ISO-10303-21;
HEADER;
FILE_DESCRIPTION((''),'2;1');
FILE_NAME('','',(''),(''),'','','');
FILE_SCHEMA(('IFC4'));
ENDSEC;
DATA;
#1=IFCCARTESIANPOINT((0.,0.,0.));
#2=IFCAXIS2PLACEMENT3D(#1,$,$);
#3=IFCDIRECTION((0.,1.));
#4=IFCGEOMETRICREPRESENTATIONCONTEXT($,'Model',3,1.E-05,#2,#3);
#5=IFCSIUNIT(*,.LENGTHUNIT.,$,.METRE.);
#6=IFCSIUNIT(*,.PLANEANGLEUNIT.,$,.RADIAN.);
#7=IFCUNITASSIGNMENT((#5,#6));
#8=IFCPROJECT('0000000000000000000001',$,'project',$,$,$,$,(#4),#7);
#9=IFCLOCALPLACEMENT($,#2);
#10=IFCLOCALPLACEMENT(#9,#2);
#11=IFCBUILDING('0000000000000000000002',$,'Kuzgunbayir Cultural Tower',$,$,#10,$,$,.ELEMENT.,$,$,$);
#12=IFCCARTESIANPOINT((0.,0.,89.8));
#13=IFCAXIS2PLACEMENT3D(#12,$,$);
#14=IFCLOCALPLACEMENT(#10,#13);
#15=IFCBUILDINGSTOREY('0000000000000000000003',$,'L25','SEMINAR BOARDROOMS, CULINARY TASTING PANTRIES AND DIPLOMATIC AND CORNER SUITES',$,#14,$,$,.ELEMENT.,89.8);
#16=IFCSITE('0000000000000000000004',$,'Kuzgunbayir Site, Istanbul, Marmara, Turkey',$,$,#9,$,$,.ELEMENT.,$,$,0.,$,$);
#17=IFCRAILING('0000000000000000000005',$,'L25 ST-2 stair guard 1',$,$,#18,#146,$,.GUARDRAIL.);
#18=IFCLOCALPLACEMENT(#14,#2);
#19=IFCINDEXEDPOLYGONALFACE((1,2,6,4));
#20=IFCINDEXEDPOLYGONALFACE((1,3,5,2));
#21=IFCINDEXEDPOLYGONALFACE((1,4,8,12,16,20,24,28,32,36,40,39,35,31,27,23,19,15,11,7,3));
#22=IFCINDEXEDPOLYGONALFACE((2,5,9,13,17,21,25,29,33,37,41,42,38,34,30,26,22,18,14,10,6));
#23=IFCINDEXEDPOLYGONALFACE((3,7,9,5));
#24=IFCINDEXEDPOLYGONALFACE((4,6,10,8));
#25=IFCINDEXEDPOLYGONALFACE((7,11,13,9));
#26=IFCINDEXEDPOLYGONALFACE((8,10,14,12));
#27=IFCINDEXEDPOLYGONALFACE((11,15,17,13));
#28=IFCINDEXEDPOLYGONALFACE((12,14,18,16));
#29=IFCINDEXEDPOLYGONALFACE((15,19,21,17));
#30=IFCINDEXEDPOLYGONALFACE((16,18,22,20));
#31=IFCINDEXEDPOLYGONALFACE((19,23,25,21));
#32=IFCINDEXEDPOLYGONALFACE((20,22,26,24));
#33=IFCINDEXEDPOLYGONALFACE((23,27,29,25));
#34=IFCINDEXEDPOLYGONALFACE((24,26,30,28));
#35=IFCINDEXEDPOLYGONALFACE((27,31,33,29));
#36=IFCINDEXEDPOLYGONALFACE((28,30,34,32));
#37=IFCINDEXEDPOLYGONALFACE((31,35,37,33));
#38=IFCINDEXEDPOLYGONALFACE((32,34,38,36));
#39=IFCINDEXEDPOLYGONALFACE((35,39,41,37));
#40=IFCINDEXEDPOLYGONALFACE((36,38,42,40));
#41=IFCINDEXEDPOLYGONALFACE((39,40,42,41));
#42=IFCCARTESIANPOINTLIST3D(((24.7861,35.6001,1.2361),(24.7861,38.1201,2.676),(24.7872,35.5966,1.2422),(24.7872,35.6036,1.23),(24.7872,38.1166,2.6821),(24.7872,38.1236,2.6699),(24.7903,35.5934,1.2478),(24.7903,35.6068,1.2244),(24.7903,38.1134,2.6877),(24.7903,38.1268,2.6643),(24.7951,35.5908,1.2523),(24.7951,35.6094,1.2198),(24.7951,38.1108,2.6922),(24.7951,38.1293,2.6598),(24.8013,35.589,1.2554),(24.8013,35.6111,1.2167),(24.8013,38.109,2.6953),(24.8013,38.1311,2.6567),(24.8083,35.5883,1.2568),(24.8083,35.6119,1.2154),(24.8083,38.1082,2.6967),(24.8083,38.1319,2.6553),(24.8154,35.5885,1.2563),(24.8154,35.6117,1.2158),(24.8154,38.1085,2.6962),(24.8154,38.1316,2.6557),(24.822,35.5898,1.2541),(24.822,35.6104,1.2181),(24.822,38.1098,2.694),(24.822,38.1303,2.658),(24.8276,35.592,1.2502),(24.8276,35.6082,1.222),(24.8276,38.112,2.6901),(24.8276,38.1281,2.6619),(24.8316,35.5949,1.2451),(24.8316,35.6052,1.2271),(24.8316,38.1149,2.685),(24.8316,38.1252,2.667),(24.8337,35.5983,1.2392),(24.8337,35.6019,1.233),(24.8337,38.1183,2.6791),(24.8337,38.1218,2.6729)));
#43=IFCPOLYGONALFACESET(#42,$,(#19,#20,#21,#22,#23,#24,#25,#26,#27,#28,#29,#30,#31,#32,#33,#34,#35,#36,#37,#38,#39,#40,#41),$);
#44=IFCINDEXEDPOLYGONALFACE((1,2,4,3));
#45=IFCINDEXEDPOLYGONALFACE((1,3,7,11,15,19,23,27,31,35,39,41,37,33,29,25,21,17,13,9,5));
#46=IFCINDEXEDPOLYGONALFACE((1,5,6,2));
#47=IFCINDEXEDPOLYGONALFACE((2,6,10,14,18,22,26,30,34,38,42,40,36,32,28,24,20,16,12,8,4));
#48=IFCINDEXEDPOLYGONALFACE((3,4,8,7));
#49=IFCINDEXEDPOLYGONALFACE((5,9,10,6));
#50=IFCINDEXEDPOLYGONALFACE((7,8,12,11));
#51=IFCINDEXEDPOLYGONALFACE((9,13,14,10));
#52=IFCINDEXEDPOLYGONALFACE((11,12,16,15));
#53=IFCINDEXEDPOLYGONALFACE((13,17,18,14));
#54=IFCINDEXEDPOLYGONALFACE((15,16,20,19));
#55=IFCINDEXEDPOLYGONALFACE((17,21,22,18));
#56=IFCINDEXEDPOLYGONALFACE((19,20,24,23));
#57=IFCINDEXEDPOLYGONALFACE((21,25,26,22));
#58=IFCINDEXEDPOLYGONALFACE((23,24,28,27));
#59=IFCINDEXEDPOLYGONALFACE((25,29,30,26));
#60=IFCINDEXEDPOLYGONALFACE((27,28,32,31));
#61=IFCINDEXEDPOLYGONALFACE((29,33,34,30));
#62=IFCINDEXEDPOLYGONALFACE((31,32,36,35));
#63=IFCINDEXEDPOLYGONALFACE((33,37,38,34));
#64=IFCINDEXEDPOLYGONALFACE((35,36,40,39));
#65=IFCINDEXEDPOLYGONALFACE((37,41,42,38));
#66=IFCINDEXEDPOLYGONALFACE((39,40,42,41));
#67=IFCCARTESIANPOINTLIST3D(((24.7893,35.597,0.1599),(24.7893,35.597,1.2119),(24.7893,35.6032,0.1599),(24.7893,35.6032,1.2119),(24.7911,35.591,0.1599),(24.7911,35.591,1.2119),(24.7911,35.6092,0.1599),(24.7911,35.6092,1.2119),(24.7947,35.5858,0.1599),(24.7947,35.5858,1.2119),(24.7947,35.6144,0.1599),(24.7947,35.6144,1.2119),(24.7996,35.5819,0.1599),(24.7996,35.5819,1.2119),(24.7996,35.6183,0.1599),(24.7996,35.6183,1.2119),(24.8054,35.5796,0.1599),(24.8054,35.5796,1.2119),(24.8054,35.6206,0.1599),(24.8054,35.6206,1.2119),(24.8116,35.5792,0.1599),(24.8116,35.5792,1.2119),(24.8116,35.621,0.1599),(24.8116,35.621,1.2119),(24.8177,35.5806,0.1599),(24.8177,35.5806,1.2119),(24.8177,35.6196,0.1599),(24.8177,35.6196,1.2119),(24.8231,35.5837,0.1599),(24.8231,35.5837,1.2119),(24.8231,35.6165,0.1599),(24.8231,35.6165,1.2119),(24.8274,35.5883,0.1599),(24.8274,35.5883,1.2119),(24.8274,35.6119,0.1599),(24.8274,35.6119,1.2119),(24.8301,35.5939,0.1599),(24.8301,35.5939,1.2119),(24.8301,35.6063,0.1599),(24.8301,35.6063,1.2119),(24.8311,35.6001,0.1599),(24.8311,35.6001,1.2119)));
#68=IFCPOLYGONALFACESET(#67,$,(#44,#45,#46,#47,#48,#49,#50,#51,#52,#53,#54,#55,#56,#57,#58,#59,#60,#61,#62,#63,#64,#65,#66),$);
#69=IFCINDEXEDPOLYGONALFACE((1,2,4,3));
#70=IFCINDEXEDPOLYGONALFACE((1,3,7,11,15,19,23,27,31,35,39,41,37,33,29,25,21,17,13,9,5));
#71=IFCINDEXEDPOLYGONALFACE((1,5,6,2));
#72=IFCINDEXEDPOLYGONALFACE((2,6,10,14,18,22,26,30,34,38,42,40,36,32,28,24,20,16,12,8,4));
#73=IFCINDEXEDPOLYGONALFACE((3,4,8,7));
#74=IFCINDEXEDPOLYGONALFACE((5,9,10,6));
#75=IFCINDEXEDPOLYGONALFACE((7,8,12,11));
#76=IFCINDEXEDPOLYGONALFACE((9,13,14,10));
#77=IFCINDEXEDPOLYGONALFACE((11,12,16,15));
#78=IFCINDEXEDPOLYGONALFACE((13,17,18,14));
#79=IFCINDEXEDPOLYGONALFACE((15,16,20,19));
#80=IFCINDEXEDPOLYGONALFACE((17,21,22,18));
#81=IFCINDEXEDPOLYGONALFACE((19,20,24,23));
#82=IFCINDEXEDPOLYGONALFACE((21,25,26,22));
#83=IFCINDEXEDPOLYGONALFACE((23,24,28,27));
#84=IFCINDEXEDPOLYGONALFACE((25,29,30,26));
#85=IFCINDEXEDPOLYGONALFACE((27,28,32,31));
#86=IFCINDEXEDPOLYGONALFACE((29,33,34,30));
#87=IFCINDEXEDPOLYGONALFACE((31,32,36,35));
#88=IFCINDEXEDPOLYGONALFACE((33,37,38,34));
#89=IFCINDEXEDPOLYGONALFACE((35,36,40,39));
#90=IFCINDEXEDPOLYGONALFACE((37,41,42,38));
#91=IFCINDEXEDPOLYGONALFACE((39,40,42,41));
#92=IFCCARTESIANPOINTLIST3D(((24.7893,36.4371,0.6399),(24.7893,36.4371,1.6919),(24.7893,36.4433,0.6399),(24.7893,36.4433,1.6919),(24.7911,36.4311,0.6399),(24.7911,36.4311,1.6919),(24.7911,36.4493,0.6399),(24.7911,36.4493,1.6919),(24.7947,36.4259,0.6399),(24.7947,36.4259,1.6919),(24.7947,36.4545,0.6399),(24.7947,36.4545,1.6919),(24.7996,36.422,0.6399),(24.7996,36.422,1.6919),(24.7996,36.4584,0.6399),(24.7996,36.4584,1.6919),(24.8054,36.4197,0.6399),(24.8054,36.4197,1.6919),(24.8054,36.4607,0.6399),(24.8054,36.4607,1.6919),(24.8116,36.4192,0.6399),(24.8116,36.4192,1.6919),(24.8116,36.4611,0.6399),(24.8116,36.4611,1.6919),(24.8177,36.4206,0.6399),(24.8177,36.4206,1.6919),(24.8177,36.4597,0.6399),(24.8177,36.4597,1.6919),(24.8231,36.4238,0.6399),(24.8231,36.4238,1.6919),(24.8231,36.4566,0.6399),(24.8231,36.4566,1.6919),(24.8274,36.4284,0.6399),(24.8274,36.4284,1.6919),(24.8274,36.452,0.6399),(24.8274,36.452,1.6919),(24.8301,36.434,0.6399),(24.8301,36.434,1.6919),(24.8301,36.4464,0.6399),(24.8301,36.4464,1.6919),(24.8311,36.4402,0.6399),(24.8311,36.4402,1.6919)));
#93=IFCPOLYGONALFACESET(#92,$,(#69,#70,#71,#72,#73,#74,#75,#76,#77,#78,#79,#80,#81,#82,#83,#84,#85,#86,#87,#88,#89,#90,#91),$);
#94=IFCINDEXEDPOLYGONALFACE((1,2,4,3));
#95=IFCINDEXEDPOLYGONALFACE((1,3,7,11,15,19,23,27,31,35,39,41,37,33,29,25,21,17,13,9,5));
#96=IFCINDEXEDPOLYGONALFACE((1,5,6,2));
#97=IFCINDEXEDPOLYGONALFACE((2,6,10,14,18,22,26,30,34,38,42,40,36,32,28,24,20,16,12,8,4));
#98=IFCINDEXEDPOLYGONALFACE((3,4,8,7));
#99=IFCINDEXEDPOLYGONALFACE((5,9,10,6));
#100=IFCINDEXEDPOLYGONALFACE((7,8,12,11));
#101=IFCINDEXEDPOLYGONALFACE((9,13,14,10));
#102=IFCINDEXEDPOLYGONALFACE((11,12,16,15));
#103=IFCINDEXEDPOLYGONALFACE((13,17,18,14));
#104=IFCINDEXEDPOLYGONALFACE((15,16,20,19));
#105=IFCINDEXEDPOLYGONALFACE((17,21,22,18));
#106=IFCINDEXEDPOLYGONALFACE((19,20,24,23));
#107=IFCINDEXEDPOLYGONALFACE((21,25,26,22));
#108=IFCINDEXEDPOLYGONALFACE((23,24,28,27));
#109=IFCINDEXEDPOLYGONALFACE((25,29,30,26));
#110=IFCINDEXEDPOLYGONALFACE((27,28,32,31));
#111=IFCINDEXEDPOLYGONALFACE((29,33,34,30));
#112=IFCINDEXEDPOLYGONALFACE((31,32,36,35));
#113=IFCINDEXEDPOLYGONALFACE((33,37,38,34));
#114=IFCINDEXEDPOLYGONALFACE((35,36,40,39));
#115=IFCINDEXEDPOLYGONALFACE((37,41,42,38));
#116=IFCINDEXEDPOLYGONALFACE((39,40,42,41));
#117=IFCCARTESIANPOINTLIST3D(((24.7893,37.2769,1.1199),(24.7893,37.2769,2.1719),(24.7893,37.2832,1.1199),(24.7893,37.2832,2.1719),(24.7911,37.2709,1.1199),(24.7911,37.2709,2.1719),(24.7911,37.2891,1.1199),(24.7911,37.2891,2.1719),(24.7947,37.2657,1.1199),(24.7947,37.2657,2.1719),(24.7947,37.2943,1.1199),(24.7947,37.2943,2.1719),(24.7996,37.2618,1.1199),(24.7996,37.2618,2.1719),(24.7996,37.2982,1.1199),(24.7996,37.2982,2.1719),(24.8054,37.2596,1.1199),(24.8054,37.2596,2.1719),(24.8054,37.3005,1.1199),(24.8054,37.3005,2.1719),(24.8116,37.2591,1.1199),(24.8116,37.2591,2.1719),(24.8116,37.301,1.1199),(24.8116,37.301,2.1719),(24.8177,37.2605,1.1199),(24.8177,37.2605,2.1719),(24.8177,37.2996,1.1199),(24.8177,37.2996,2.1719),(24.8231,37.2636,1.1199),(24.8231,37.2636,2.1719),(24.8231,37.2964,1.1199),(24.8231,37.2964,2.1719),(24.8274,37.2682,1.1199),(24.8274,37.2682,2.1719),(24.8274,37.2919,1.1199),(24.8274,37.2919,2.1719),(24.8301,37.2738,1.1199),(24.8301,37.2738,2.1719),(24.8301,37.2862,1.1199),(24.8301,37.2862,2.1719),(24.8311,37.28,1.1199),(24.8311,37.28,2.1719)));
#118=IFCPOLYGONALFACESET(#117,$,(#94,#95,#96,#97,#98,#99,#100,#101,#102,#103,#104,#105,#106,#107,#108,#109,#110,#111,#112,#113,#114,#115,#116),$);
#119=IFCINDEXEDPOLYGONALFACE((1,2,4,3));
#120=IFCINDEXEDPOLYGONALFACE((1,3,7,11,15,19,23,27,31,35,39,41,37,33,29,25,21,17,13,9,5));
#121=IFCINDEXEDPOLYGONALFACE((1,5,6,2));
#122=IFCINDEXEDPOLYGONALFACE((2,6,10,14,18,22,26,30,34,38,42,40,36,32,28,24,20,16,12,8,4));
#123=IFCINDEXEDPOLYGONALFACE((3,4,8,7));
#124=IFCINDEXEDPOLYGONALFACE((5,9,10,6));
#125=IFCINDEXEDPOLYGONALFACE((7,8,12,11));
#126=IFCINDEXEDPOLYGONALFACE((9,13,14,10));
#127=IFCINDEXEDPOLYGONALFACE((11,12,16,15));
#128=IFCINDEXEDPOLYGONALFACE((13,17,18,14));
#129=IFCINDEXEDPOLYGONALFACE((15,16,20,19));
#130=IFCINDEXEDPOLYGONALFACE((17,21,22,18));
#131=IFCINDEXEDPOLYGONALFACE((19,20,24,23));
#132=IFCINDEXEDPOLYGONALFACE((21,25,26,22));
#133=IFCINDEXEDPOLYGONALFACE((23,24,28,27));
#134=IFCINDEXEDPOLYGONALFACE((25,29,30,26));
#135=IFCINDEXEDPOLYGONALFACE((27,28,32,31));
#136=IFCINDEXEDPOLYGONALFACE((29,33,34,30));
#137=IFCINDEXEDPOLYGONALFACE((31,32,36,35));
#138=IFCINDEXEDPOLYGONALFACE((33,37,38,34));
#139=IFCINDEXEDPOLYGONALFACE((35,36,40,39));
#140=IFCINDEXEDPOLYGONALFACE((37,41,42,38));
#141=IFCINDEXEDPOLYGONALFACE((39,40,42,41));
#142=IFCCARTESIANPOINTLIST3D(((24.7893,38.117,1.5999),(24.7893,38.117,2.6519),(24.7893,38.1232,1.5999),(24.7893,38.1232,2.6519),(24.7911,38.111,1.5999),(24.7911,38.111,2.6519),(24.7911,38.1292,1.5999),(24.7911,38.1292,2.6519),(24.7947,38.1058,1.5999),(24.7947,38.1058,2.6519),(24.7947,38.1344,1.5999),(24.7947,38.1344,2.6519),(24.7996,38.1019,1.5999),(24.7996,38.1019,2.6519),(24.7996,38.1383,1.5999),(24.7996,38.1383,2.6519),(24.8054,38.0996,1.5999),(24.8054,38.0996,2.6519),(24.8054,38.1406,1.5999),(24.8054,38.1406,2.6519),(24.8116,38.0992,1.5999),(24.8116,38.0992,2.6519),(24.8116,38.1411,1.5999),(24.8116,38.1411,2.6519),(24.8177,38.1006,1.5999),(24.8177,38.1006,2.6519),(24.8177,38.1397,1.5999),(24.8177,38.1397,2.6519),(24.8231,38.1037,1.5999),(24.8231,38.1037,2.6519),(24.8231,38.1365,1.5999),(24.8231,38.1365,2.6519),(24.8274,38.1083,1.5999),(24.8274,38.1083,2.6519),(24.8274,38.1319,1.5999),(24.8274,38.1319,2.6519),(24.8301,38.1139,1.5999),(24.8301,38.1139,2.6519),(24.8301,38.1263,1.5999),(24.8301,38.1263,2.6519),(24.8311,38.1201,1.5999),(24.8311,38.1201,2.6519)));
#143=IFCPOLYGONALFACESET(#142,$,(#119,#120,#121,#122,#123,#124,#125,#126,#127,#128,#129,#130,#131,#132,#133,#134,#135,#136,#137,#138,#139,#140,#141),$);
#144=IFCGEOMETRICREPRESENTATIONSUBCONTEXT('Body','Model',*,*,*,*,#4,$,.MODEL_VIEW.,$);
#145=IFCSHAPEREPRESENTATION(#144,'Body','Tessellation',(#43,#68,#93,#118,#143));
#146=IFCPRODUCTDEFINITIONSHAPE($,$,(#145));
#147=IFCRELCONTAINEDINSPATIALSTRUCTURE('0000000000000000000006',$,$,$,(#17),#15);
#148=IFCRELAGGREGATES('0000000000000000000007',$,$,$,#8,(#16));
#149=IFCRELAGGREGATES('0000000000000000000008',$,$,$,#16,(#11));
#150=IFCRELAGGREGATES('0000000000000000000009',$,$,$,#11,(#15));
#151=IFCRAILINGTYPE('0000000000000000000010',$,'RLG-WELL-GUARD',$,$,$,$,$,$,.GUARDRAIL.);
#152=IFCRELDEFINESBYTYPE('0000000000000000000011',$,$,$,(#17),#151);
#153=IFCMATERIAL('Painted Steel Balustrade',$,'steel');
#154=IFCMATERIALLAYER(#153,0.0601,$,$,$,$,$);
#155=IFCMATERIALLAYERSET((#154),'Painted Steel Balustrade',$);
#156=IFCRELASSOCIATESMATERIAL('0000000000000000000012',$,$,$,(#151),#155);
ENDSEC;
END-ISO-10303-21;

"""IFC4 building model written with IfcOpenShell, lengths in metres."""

from ifc_helpers import new_model, si_unit, direction, frame, origin, origin_2d, place, context, subcontext, project, spatial, circle, extrude, material, layer, layer_set, type_object, element, save


model = new_model("IFC4")

# Units and contexts
model_context = context("Model", 3, precision=1e-05, world=origin(), true_north=direction((0.0, 1.0)))
body_context = subcontext(model_context, "Body", "Model", "MODEL_VIEW")
ifc_project = project(units=[si_unit("LENGTHUNIT", "METRE"), si_unit("PLANEANGLEUNIT", "RADIAN")], contexts=[model_context])

# Site, building, storey
site_placement = place(None, origin())
site = spatial("IfcSite", under=ifc_project, at=site_placement, Name="Kuzgunbayir Site, Istanbul, Marmara, Turkey", CompositionType="ELEMENT", RefElevation=0.0)
building_placement = place(site_placement, origin())
building = spatial("IfcBuilding", under=site, at=building_placement, Name="Kuzgunbayir Cultural Tower", CompositionType="ELEMENT")
storey_placement = place(building_placement, frame((0.0, 0.0, 89.8)))
storey = spatial("IfcBuildingStorey", under=building, at=storey_placement, Name="L25", Description="SEMINAR BOARDROOMS, CULINARY TASTING PANTRIES AND DIPLOMATIC AND CORNER SUITES", CompositionType="ELEMENT", Elevation=89.8)

# Railing
ifc_material_1 = material(Name="Painted Steel Balustrade", Category="steel")
ifc_layer_1 = layer(ifc_material_1, 0.0601)
ifc_layer_set_1 = layer_set([ifc_layer_1], Name="Painted Steel Balustrade")
railing_type_1 = type_object("IfcRailingType", Name="RLG-WELL-GUARD", PredefinedType="GUARDRAIL", material=ifc_layer_set_1)
railing_1_placement = place(storey_placement, frame((24.8101, 35.6001, 0.1599)))
element("IfcRailing", 1, at=railing_1_placement, inside=storey, type_object=railing_type_1, Name="L25 ST-2 stair guard 1", PredefinedType="GUARDRAIL", context=body_context, shape_type="SweptSolid", body=[
    extrude(circle(Radius=0.0239, at=origin_2d()), frame((0.0, 0.0, 1.0762), z_axis=(0.0, 0.868253, 0.496121), x_axis=(-1.0, 0.0, 0.0)), (0.0, 0.0, 1.0), 2.9023),
    extrude(circle(Radius=0.021, at=origin_2d()), origin(), (0.0, 0.0, 1.0), 1.052),
    extrude(circle(Radius=0.021, at=origin_2d()), frame((0.0, 0.8401, 0.48)), (0.0, 0.0, 1.0), 1.052),
    extrude(circle(Radius=0.021, at=origin_2d()), frame((0.0, 1.6799, 0.96)), (0.0, 0.0, 1.0), 1.052),
    extrude(circle(Radius=0.021, at=origin_2d()), frame((0.0, 2.52, 1.4399)), (0.0, 0.0, 1.0), 1.052),
])

save(model, "model.ifc")
